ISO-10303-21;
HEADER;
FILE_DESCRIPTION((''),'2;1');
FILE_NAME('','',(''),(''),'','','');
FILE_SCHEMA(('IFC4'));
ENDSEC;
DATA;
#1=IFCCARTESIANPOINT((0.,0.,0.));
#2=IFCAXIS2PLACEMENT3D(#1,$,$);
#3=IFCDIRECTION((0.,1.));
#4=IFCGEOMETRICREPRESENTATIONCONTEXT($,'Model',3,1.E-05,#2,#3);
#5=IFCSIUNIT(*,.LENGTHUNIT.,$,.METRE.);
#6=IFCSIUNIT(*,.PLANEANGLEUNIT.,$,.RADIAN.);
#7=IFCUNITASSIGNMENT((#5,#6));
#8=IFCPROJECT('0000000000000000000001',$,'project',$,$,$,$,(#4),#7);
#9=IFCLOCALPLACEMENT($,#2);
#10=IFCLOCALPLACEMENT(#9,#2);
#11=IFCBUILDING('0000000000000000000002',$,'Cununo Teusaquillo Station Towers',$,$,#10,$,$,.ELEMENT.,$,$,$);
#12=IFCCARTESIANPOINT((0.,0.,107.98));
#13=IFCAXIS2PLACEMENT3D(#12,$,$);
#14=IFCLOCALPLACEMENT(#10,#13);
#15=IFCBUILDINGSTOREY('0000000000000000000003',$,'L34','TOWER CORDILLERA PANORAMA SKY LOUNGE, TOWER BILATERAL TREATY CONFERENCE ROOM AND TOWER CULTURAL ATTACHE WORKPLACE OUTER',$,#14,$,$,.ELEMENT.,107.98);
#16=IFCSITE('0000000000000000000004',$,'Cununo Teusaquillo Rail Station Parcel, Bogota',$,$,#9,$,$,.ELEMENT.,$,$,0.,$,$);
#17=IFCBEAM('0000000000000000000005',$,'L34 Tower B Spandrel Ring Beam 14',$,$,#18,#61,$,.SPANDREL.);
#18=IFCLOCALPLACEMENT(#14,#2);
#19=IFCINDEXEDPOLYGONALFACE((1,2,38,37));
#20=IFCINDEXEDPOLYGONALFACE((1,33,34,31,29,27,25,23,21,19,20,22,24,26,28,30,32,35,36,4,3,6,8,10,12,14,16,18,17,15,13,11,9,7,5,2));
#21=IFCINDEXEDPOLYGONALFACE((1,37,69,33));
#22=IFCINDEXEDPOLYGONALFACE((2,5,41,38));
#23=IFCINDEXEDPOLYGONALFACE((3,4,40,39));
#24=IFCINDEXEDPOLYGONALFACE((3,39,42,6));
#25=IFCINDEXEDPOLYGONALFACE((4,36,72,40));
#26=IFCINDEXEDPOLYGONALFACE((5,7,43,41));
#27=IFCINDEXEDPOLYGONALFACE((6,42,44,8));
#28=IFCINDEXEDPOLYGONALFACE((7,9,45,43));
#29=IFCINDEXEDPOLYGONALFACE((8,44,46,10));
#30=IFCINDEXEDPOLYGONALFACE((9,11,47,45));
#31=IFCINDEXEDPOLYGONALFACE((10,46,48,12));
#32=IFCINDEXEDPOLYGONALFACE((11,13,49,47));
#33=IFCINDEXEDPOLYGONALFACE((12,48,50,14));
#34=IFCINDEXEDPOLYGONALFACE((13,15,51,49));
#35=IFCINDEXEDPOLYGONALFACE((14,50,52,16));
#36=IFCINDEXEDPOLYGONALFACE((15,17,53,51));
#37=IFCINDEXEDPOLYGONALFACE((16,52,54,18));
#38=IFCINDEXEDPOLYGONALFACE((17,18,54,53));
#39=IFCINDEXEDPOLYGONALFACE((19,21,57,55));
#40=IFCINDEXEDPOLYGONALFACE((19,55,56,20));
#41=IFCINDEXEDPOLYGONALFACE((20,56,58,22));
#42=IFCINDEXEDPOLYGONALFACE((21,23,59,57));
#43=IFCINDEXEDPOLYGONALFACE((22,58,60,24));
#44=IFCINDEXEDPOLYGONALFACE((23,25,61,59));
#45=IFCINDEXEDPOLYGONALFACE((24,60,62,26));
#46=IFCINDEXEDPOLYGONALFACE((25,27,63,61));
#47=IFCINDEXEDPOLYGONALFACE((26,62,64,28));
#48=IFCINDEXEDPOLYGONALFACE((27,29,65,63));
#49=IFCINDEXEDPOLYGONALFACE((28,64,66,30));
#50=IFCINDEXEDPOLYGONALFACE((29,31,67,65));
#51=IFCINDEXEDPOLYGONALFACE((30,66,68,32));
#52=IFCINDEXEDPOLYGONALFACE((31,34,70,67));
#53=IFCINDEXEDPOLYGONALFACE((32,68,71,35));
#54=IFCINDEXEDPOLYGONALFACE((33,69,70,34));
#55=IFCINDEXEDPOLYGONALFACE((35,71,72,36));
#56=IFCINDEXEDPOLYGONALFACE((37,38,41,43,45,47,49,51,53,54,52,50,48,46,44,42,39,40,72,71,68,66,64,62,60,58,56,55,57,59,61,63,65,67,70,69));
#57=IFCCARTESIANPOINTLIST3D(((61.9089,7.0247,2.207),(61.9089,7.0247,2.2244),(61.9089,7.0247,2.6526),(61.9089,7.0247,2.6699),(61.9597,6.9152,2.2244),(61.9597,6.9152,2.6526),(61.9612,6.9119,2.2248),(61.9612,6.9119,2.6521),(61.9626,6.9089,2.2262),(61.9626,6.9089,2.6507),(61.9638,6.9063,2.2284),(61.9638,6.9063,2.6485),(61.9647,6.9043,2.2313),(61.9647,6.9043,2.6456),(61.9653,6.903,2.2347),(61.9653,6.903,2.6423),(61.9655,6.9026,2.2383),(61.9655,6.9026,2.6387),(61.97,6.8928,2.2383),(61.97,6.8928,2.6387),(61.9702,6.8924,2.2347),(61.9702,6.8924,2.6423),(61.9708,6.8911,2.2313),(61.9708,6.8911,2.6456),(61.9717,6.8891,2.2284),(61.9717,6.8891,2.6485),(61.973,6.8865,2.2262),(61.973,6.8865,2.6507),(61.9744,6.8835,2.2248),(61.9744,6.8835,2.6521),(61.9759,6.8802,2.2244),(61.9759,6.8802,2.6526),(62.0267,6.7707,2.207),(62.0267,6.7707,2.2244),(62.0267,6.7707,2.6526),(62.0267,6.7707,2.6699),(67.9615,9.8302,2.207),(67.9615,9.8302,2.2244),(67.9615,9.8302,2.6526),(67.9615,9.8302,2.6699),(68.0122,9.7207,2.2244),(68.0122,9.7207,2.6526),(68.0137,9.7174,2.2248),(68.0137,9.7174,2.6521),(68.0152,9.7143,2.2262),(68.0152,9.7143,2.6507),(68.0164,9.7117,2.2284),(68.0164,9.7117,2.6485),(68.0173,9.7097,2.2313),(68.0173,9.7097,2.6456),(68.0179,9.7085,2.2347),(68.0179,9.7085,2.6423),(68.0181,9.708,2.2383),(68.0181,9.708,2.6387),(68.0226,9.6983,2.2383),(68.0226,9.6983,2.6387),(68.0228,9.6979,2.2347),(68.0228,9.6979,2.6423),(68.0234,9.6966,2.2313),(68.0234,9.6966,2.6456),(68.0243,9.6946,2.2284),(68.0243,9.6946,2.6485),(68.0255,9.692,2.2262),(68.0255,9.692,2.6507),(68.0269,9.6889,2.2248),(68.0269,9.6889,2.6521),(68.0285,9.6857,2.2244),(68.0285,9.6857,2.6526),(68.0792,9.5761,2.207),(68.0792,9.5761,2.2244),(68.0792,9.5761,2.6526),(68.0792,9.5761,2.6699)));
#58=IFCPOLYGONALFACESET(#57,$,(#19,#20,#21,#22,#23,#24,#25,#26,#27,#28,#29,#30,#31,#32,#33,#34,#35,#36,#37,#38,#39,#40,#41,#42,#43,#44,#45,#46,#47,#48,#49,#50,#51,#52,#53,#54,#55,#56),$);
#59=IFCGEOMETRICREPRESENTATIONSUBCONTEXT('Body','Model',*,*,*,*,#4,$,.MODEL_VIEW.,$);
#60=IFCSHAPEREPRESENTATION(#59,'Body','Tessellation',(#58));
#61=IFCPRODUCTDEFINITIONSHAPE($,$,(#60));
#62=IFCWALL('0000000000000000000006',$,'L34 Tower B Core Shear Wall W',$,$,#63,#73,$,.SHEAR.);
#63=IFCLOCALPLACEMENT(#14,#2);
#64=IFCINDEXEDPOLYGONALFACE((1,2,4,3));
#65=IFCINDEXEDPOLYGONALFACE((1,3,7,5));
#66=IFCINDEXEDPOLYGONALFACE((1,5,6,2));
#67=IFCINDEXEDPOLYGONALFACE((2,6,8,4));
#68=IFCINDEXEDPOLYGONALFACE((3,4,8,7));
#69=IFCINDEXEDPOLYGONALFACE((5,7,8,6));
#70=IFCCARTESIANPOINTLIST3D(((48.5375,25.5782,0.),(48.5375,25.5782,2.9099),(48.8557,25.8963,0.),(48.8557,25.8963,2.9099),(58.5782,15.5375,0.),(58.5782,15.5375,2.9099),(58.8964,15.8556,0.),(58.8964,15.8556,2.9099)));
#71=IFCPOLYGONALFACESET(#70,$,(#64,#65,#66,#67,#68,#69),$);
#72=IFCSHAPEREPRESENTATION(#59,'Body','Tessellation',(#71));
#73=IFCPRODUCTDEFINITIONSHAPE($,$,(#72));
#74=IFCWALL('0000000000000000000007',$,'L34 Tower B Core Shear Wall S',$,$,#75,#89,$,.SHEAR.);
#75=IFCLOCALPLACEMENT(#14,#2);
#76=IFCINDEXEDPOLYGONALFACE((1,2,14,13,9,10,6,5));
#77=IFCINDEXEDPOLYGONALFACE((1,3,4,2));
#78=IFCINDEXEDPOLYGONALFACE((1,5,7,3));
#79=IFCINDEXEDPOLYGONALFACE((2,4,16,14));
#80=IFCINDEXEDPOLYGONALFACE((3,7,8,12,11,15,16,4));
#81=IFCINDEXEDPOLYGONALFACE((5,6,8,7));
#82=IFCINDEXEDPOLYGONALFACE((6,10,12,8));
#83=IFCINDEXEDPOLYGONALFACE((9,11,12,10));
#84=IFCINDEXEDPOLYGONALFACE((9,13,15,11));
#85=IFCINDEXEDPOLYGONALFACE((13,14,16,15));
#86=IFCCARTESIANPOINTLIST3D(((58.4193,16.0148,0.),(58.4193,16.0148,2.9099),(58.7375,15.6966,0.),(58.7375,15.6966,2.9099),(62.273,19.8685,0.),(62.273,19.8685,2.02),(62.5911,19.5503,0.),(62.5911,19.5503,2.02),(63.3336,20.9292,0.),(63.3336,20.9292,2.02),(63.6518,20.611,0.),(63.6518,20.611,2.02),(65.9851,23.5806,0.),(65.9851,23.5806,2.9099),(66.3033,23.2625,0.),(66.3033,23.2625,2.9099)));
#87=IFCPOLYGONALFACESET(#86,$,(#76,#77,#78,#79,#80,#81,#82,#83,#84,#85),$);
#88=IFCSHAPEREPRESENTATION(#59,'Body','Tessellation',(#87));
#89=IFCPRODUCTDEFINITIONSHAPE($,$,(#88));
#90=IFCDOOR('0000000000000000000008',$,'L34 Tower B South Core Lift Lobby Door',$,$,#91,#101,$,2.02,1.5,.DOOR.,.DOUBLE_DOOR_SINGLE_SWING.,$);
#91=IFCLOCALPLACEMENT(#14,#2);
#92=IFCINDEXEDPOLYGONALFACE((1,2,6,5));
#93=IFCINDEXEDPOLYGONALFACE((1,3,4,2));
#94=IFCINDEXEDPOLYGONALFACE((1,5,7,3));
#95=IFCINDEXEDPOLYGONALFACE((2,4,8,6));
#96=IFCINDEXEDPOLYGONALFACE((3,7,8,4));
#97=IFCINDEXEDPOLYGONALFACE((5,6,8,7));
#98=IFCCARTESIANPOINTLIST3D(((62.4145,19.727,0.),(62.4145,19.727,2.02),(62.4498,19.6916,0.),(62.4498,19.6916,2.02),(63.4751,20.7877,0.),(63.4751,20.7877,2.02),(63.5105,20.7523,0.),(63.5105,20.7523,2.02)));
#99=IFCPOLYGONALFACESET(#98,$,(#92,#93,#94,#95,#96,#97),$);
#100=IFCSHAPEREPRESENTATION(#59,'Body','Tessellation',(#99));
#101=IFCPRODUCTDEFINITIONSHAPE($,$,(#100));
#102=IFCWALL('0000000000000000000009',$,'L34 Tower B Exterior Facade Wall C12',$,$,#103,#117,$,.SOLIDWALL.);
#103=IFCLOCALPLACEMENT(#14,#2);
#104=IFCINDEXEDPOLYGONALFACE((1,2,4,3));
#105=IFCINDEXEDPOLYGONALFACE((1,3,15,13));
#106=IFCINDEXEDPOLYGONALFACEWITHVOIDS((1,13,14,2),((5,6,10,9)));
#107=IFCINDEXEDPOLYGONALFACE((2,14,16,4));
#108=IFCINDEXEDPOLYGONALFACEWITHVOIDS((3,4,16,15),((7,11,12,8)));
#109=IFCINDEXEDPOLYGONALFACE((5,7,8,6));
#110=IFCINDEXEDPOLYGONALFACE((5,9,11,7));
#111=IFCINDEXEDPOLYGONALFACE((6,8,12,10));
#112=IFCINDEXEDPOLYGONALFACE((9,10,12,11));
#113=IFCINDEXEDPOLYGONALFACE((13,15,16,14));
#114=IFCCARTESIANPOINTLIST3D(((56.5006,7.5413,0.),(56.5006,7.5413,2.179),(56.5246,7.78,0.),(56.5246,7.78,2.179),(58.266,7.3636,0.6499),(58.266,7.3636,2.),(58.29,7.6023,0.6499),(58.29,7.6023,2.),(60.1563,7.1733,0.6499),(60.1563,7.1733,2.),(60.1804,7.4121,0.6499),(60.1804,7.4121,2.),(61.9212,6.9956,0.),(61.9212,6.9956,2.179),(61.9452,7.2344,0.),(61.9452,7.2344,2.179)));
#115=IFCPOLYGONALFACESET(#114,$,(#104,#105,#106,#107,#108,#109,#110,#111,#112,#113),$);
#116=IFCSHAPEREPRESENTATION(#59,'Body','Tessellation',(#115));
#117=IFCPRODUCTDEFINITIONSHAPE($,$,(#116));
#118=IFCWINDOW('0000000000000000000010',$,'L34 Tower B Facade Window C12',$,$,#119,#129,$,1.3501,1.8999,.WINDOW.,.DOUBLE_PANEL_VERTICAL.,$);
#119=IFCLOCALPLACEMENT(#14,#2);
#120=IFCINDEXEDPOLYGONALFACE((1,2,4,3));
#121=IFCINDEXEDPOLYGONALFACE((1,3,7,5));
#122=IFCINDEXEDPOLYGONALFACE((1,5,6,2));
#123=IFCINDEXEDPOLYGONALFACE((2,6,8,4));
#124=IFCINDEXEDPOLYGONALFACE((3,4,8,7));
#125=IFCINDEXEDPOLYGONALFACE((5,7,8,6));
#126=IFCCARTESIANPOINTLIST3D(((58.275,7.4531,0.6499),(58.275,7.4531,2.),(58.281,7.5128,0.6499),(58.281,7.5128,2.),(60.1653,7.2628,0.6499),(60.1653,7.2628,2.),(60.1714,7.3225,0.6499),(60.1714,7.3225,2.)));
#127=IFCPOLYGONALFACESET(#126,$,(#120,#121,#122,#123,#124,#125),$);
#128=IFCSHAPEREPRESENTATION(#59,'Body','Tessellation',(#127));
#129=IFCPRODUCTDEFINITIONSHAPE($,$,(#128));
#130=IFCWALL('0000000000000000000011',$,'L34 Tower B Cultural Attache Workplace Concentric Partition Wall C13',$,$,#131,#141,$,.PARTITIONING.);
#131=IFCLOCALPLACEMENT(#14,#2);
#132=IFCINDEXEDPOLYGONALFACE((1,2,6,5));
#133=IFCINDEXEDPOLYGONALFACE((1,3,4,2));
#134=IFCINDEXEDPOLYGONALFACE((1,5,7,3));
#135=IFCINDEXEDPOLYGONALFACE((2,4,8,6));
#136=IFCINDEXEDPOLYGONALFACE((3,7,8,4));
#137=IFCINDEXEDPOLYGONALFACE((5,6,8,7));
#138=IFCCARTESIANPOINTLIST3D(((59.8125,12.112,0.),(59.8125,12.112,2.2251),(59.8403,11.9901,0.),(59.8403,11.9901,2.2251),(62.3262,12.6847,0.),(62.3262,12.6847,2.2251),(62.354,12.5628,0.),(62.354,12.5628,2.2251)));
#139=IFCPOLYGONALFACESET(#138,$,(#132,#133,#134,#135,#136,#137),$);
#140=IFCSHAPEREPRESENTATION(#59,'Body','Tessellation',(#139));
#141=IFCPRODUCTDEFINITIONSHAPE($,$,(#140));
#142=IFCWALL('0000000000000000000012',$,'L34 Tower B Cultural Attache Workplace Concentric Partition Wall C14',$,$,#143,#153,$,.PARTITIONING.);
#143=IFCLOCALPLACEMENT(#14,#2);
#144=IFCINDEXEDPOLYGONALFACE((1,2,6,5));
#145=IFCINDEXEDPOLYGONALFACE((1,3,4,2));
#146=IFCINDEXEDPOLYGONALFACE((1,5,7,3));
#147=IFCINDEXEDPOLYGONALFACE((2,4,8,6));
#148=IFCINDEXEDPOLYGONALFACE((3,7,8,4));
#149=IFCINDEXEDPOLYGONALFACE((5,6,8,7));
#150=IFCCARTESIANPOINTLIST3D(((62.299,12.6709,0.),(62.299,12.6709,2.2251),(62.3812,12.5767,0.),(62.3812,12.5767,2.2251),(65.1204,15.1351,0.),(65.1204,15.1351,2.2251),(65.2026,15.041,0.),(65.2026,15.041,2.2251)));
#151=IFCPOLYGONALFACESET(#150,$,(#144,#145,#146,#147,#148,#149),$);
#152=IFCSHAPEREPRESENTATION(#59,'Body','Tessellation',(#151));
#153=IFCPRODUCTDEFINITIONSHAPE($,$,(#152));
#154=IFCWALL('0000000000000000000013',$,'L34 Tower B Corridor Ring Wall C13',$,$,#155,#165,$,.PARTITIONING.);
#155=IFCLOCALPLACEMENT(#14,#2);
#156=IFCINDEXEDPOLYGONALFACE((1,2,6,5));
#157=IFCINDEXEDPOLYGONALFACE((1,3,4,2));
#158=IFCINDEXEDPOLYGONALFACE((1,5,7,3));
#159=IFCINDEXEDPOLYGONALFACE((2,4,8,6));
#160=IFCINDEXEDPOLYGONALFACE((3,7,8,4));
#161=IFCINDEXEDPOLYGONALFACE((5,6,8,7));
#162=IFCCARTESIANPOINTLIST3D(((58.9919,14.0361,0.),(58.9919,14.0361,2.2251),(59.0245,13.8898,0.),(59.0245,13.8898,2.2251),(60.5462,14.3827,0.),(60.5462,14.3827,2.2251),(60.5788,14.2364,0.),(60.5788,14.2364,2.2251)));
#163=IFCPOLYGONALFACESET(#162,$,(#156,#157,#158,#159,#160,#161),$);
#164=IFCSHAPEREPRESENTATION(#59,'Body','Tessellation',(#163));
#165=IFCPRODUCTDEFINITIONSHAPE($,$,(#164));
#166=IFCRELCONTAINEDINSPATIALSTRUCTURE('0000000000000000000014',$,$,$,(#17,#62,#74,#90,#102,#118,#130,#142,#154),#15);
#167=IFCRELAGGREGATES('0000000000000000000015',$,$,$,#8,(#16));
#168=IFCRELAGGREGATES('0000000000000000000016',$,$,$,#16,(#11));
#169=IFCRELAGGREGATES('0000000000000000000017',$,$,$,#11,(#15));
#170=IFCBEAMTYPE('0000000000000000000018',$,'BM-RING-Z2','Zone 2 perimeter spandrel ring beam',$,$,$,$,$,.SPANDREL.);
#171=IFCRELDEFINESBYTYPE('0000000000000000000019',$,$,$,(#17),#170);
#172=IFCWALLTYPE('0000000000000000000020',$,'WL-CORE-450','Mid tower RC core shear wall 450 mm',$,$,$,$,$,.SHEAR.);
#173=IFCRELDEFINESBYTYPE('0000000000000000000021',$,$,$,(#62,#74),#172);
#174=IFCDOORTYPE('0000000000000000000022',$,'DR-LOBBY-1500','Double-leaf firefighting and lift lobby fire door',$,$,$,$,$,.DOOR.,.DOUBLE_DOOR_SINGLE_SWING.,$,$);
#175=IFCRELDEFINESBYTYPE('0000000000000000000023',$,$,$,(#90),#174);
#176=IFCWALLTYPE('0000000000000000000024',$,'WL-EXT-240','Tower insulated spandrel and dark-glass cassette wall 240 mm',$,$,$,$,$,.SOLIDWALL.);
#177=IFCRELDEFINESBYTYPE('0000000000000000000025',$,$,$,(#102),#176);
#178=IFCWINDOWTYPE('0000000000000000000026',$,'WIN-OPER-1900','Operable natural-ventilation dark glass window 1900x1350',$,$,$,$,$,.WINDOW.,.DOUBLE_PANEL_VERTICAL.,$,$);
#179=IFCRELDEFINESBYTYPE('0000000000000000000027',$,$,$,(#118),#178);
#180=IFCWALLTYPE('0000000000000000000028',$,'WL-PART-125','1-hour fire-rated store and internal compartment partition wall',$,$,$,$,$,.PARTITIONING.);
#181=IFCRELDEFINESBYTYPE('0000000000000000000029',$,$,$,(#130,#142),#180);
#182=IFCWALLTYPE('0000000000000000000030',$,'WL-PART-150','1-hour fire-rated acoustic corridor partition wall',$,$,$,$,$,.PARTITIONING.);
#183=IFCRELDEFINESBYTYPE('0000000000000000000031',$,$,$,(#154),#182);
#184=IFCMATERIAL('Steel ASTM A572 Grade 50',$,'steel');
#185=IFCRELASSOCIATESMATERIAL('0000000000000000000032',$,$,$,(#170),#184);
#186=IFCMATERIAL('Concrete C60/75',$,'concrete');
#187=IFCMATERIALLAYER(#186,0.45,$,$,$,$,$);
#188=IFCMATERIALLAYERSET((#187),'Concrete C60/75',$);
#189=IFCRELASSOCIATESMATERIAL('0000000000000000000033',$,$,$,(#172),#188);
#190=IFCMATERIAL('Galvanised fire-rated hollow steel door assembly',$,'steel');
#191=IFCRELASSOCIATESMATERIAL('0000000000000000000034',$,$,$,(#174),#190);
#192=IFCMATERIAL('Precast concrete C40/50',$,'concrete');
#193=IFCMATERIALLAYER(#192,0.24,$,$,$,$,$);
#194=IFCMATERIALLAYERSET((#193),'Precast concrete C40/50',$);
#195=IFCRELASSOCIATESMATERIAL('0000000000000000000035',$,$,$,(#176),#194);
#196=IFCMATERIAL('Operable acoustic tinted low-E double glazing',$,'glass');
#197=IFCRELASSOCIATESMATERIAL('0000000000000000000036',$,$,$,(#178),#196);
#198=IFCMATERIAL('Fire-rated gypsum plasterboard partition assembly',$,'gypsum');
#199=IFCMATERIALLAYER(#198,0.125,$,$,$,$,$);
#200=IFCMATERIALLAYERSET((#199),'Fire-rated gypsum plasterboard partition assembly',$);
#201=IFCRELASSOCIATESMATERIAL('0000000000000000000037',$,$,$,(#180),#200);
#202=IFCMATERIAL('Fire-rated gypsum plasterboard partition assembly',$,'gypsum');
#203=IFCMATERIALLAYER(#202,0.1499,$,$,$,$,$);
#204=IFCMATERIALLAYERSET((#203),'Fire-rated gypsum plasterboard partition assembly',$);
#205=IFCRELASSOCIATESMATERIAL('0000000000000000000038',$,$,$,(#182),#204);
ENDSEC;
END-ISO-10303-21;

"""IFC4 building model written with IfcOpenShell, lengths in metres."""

from ifc_helpers import new_model, si_unit, direction, frame, frame_2d, origin, origin_2d, place, context, subcontext, project, spatial, rectangle, i_section, extrude, source, transform, mapped, material, layer, layer_set, material_profile, profile_set, type_object, element, fill, save


model = new_model("IFC4")

# Units and contexts
model_context = context("Model", 3, precision=1e-05, world=origin(), true_north=direction((0.0, 1.0)))
body_context = subcontext(model_context, "Body", "Model", "MODEL_VIEW")
ifc_project = project(units=[si_unit("LENGTHUNIT", "METRE"), si_unit("PLANEANGLEUNIT", "RADIAN")], contexts=[model_context])

# Site, building, storey
site_placement = place(None, origin())
site = spatial("IfcSite", under=ifc_project, at=site_placement, Name="Cununo Teusaquillo Rail Station Parcel, Bogota", CompositionType="ELEMENT", RefElevation=0.0)
building_placement = place(site_placement, origin())
building = spatial("IfcBuilding", under=site, at=building_placement, Name="Cununo Teusaquillo Station Towers", CompositionType="ELEMENT")
storey_placement = place(building_placement, frame((0.0, 0.0, 107.98)))
storey = spatial("IfcBuildingStorey", under=building, at=storey_placement, Name="L34", Description="TOWER CORDILLERA PANORAMA SKY LOUNGE, TOWER BILATERAL TREATY CONFERENCE ROOM AND TOWER CULTURAL ATTACHE WORKPLACE OUTER", CompositionType="ELEMENT", Elevation=107.98)

# Beam
ifc_material_1 = material(Name="Steel ASTM A572 Grade 50", Category="steel")
ifc_material_profile_1 = material_profile(ifc_material_1, i_section(OverallWidth=0.28, OverallDepth=0.4629, WebThickness=0.0107, FlangeThickness=0.0173, FilletRadius=0.0139, at=origin_2d()), Name="W18X76")
ifc_profile_set_1 = profile_set([ifc_material_profile_1], Name="Steel ASTM A572 Grade 50")
beam_type_1 = type_object("IfcBeamType", Name="BM-RING-Z2", Description="Zone 2 perimeter spandrel ring beam", PredefinedType="SPANDREL", material=ifc_profile_set_1)
beam_1_placement = place(storey_placement, frame((61.9678, 6.8977, 2.4385), z_axis=(0.907276, 0.420536, 0.0), x_axis=(-0.420536, 0.907276, 0.0)))
element("IfcBeam", 1, at=beam_1_placement, inside=storey, type_object=beam_type_1, Name="L34 Tower B Spandrel Ring Beam 14", PredefinedType="SPANDREL", context=body_context, shape_type="SweptSolid", body=[
    extrude(i_section(OverallWidth=0.28, OverallDepth=0.4629, WebThickness=0.0107, FlangeThickness=0.0173, FilletRadius=0.0139, at=origin_2d()), origin(), (0.0, 0.0, 1.0), 6.6711),
])

# Wall
ifc_material_2 = material(Name="Concrete C60/75", Category="concrete")
ifc_layer_1 = layer(ifc_material_2, 0.45)
ifc_layer_set_1 = layer_set([ifc_layer_1], Name="Concrete C60/75")
wall_type_1 = type_object("IfcWallType", Name="WL-CORE-450", Description="Mid tower RC core shear wall 450 mm", PredefinedType="SHEAR", material=ifc_layer_set_1)
wall_1_placement = place(storey_placement, frame((58.7373, 15.6965, 0.0), z_axis=(0.0, 0.0, 1.0), x_axis=(-0.707107, 0.707107, 0.0)))
element("IfcWall", 2, at=wall_1_placement, inside=storey, type_object=wall_type_1, Name="L34 Tower B Core Shear Wall W", PredefinedType="SHEAR", context=body_context, shape_type="SweptSolid", body=[
    extrude(rectangle(XDim=14.1997, YDim=0.45, at=frame_2d((7.0999, 0.0))), origin(), (0.0, 0.0, 1.0), 2.9099),
])

# Wall, opening, door
wall_2_placement = place(storey_placement, frame((58.5784, 15.8557, 0.0), z_axis=(0.0, 0.0, 1.0), x_axis=(0.707107, 0.707107, 0.0)))
wall_2 = element("IfcWall", 3, at=wall_2_placement, inside=storey, type_object=wall_type_1, Name="L34 Tower B Core Shear Wall S", PredefinedType="SHEAR", context=body_context, shape_type="SweptSolid", body=[
    extrude(rectangle(XDim=10.6997, YDim=0.45, at=frame_2d((5.3499, 0.0))), origin(), (0.0, 0.0, 1.0), 2.9099),
])
shared_shape_1 = source(origin(), body_context, "Body", "SweptSolid", [
    extrude(rectangle(XDim=1.5, YDim=2.02, at=frame_2d((0.75, 1.01))), frame((0.0, 0.2349, 0.0), z_axis=(0.0, -1.0, 0.0), x_axis=(1.0, 0.0, 0.0)), (0.0, 0.0, 1.0), 0.47),
])
opening_1_placement = place(wall_2_placement, frame((5.45, 0.0, 0.0)))
opening_1 = element("IfcOpeningElement", 4, at=opening_1_placement, cuts=wall_2, PredefinedType="OPENING", context=body_context, shape_type="MappedRepresentation", body=[
    mapped(shared_shape_1, transform((0.0, 0.0, 0.0), x_axis=(1.0, 0.0, 0.0), y_axis=(0.0, 1.0, 0.0), z_axis=(0.0, 0.0, 1.0), scale=1.0)),
])
ifc_material_3 = material(Name="Galvanised fire-rated hollow steel door assembly", Category="steel")
door_type = type_object("IfcDoorType", Name="DR-LOBBY-1500", Description="Double-leaf firefighting and lift lobby fire door", OperationType="DOUBLE_DOOR_SINGLE_SWING", PredefinedType="DOOR", material=ifc_material_3)
shared_shape_2 = source(origin(), body_context, "Body", "SweptSolid", [
    extrude(rectangle(XDim=1.5, YDim=2.02, at=frame_2d((0.75, 1.01))), frame((0.0, 0.0249, 0.0), z_axis=(0.0, -1.0, 0.0), x_axis=(1.0, 0.0, 0.0)), (0.0, 0.0, 1.0), 0.05),
])
door_placement = place(opening_1_placement, origin())
door = element("IfcDoor", 5, at=door_placement, inside=storey, type_object=door_type, Name="L34 Tower B South Core Lift Lobby Door", OperationType="DOUBLE_DOOR_SINGLE_SWING", OverallHeight=2.02, OverallWidth=1.5, PredefinedType="DOOR", context=body_context, shape_type="MappedRepresentation", body=[
    mapped(shared_shape_2, transform((0.0, 0.0, 0.0), x_axis=(1.0, 0.0, 0.0), y_axis=(0.0, 1.0, 0.0), z_axis=(0.0, 0.0, 1.0), scale=1.0)),
])
fill(opening_1, door)

# Wall, opening, window
ifc_material_4 = material(Name="Precast concrete C40/50", Category="concrete")
ifc_layer_2 = layer(ifc_material_4, 0.24)
ifc_layer_set_2 = layer_set([ifc_layer_2], Name="Precast concrete C40/50")
wall_type_2 = type_object("IfcWallType", Name="WL-EXT-240", Description="Tower insulated spandrel and dark-glass cassette wall 240 mm", PredefinedType="SOLIDWALL", material=ifc_layer_set_2)
wall_3_placement = place(storey_placement, frame((61.9333, 7.115, 0.0), z_axis=(0.0, 0.0, 1.0), x_axis=(-0.994972, 0.100156, 0.0)))
wall_3 = element("IfcWall", 6, at=wall_3_placement, inside=storey, type_object=wall_type_2, Name="L34 Tower B Exterior Facade Wall C12", PredefinedType="SOLIDWALL", context=body_context, shape_type="SweptSolid", body=[
    extrude(rectangle(XDim=5.448, YDim=0.24, at=frame_2d((2.7241, 0.0))), origin(), (0.0, 0.0, 1.0), 2.179),
])
shared_shape_3 = source(origin(), body_context, "Body", "SweptSolid", [
    extrude(rectangle(XDim=1.8999, YDim=1.3501, at=frame_2d((0.95, 0.675))), frame((0.0, 0.1299, 0.0), z_axis=(0.0, -1.0, 0.0), x_axis=(1.0, 0.0, 0.0)), (0.0, 0.0, 1.0), 0.26),
])
opening_2_placement = place(wall_3_placement, frame((1.7739, 0.0, 0.6499)))
opening_2 = element("IfcOpeningElement", 7, at=opening_2_placement, cuts=wall_3, PredefinedType="OPENING", context=body_context, shape_type="MappedRepresentation", body=[
    mapped(shared_shape_3, transform((0.0, 0.0, 0.0), x_axis=(1.0, 0.0, 0.0), y_axis=(0.0, 1.0, 0.0), z_axis=(0.0, 0.0, 1.0), scale=1.0)),
])
ifc_material_5 = material(Name="Operable acoustic tinted low-E double glazing", Category="glass")
window_type = type_object("IfcWindowType", Name="WIN-OPER-1900", Description="Operable natural-ventilation dark glass window 1900x1350", PartitioningType="DOUBLE_PANEL_VERTICAL", PredefinedType="WINDOW", material=ifc_material_5)
shared_shape_4 = source(origin(), body_context, "Body", "SweptSolid", [
    extrude(rectangle(XDim=1.8999, YDim=1.3501, at=frame_2d((0.95, 0.675))), frame((0.0, 0.03, 0.0), z_axis=(0.0, -1.0, 0.0), x_axis=(1.0, 0.0, 0.0)), (0.0, 0.0, 1.0), 0.0601),
])
window_placement = place(opening_2_placement, origin())
window = element("IfcWindow", 8, at=window_placement, inside=storey, type_object=window_type, Name="L34 Tower B Facade Window C12", OverallHeight=1.3501, OverallWidth=1.8999, PartitioningType="DOUBLE_PANEL_VERTICAL", PredefinedType="WINDOW", context=body_context, shape_type="MappedRepresentation", body=[
    mapped(shared_shape_4, transform((0.0, 0.0, 0.0), x_axis=(1.0, 0.0, 0.0), y_axis=(0.0, 1.0, 0.0), z_axis=(0.0, 0.0, 1.0), scale=1.0)),
])
fill(opening_2, window)

# Walls
ifc_material_6 = material(Name="Fire-rated gypsum plasterboard partition assembly", Category="gypsum")
ifc_layer_3 = layer(ifc_material_6, 0.125)
ifc_layer_set_3 = layer_set([ifc_layer_3], Name="Fire-rated gypsum plasterboard partition assembly")
wall_type_3 = type_object("IfcWallType", Name="WL-PART-125", Description="1-hour fire-rated store and internal compartment partition wall", PredefinedType="PARTITIONING", material=ifc_layer_set_3)
wall_4_placement = place(storey_placement, frame((59.8264, 12.051, 0.0), z_axis=(0.0, 0.0, 1.0), x_axis=(0.97501, 0.222161, 0.0)))
element("IfcWall", 9, at=wall_4_placement, inside=storey, type_object=wall_type_3, Name="L34 Tower B Cultural Attache Workplace Concentric Partition Wall C13", PredefinedType="PARTITIONING", context=body_context, shape_type="SweptSolid", body=[
    extrude(rectangle(XDim=2.5781, YDim=0.125, at=frame_2d((1.2891, 0.0))), origin(), (0.0, 0.0, 1.0), 2.2251),
])
wall_5_placement = place(storey_placement, frame((62.3401, 12.6238, 0.0), z_axis=(0.0, 0.0, 1.0), x_axis=(0.75317, 0.657826, 0.0)))
element("IfcWall", 10, at=wall_5_placement, inside=storey, type_object=wall_type_3, Name="L34 Tower B Cultural Attache Workplace Concentric Partition Wall C14", PredefinedType="PARTITIONING", context=body_context, shape_type="SweptSolid", body=[
    extrude(rectangle(XDim=3.7461, YDim=0.125, at=frame_2d((1.873, 0.0))), origin(), (0.0, 0.0, 1.0), 2.2251),
])
ifc_material_7 = material(Name="Fire-rated gypsum plasterboard partition assembly", Category="gypsum")
ifc_layer_4 = layer(ifc_material_7, 0.1499)
ifc_layer_set_4 = layer_set([ifc_layer_4], Name="Fire-rated gypsum plasterboard partition assembly")
wall_type_4 = type_object("IfcWallType", Name="WL-PART-150", Description="1-hour fire-rated acoustic corridor partition wall", PredefinedType="PARTITIONING", material=ifc_layer_set_4)
wall_6_placement = place(storey_placement, frame((59.0081, 13.9629, 0.0), z_axis=(0.0, 0.0, 1.0), x_axis=(0.976021, 0.217677, 0.0)))
element("IfcWall", 11, at=wall_6_placement, inside=storey, type_object=wall_type_4, Name="L34 Tower B Corridor Ring Wall C13", PredefinedType="PARTITIONING", context=body_context, shape_type="SweptSolid", body=[
    extrude(rectangle(XDim=1.5925, YDim=0.1499, at=frame_2d((0.7964, 0.0))), origin(), (0.0, 0.0, 1.0), 2.2251),
])

save(model, "model.ifc")
